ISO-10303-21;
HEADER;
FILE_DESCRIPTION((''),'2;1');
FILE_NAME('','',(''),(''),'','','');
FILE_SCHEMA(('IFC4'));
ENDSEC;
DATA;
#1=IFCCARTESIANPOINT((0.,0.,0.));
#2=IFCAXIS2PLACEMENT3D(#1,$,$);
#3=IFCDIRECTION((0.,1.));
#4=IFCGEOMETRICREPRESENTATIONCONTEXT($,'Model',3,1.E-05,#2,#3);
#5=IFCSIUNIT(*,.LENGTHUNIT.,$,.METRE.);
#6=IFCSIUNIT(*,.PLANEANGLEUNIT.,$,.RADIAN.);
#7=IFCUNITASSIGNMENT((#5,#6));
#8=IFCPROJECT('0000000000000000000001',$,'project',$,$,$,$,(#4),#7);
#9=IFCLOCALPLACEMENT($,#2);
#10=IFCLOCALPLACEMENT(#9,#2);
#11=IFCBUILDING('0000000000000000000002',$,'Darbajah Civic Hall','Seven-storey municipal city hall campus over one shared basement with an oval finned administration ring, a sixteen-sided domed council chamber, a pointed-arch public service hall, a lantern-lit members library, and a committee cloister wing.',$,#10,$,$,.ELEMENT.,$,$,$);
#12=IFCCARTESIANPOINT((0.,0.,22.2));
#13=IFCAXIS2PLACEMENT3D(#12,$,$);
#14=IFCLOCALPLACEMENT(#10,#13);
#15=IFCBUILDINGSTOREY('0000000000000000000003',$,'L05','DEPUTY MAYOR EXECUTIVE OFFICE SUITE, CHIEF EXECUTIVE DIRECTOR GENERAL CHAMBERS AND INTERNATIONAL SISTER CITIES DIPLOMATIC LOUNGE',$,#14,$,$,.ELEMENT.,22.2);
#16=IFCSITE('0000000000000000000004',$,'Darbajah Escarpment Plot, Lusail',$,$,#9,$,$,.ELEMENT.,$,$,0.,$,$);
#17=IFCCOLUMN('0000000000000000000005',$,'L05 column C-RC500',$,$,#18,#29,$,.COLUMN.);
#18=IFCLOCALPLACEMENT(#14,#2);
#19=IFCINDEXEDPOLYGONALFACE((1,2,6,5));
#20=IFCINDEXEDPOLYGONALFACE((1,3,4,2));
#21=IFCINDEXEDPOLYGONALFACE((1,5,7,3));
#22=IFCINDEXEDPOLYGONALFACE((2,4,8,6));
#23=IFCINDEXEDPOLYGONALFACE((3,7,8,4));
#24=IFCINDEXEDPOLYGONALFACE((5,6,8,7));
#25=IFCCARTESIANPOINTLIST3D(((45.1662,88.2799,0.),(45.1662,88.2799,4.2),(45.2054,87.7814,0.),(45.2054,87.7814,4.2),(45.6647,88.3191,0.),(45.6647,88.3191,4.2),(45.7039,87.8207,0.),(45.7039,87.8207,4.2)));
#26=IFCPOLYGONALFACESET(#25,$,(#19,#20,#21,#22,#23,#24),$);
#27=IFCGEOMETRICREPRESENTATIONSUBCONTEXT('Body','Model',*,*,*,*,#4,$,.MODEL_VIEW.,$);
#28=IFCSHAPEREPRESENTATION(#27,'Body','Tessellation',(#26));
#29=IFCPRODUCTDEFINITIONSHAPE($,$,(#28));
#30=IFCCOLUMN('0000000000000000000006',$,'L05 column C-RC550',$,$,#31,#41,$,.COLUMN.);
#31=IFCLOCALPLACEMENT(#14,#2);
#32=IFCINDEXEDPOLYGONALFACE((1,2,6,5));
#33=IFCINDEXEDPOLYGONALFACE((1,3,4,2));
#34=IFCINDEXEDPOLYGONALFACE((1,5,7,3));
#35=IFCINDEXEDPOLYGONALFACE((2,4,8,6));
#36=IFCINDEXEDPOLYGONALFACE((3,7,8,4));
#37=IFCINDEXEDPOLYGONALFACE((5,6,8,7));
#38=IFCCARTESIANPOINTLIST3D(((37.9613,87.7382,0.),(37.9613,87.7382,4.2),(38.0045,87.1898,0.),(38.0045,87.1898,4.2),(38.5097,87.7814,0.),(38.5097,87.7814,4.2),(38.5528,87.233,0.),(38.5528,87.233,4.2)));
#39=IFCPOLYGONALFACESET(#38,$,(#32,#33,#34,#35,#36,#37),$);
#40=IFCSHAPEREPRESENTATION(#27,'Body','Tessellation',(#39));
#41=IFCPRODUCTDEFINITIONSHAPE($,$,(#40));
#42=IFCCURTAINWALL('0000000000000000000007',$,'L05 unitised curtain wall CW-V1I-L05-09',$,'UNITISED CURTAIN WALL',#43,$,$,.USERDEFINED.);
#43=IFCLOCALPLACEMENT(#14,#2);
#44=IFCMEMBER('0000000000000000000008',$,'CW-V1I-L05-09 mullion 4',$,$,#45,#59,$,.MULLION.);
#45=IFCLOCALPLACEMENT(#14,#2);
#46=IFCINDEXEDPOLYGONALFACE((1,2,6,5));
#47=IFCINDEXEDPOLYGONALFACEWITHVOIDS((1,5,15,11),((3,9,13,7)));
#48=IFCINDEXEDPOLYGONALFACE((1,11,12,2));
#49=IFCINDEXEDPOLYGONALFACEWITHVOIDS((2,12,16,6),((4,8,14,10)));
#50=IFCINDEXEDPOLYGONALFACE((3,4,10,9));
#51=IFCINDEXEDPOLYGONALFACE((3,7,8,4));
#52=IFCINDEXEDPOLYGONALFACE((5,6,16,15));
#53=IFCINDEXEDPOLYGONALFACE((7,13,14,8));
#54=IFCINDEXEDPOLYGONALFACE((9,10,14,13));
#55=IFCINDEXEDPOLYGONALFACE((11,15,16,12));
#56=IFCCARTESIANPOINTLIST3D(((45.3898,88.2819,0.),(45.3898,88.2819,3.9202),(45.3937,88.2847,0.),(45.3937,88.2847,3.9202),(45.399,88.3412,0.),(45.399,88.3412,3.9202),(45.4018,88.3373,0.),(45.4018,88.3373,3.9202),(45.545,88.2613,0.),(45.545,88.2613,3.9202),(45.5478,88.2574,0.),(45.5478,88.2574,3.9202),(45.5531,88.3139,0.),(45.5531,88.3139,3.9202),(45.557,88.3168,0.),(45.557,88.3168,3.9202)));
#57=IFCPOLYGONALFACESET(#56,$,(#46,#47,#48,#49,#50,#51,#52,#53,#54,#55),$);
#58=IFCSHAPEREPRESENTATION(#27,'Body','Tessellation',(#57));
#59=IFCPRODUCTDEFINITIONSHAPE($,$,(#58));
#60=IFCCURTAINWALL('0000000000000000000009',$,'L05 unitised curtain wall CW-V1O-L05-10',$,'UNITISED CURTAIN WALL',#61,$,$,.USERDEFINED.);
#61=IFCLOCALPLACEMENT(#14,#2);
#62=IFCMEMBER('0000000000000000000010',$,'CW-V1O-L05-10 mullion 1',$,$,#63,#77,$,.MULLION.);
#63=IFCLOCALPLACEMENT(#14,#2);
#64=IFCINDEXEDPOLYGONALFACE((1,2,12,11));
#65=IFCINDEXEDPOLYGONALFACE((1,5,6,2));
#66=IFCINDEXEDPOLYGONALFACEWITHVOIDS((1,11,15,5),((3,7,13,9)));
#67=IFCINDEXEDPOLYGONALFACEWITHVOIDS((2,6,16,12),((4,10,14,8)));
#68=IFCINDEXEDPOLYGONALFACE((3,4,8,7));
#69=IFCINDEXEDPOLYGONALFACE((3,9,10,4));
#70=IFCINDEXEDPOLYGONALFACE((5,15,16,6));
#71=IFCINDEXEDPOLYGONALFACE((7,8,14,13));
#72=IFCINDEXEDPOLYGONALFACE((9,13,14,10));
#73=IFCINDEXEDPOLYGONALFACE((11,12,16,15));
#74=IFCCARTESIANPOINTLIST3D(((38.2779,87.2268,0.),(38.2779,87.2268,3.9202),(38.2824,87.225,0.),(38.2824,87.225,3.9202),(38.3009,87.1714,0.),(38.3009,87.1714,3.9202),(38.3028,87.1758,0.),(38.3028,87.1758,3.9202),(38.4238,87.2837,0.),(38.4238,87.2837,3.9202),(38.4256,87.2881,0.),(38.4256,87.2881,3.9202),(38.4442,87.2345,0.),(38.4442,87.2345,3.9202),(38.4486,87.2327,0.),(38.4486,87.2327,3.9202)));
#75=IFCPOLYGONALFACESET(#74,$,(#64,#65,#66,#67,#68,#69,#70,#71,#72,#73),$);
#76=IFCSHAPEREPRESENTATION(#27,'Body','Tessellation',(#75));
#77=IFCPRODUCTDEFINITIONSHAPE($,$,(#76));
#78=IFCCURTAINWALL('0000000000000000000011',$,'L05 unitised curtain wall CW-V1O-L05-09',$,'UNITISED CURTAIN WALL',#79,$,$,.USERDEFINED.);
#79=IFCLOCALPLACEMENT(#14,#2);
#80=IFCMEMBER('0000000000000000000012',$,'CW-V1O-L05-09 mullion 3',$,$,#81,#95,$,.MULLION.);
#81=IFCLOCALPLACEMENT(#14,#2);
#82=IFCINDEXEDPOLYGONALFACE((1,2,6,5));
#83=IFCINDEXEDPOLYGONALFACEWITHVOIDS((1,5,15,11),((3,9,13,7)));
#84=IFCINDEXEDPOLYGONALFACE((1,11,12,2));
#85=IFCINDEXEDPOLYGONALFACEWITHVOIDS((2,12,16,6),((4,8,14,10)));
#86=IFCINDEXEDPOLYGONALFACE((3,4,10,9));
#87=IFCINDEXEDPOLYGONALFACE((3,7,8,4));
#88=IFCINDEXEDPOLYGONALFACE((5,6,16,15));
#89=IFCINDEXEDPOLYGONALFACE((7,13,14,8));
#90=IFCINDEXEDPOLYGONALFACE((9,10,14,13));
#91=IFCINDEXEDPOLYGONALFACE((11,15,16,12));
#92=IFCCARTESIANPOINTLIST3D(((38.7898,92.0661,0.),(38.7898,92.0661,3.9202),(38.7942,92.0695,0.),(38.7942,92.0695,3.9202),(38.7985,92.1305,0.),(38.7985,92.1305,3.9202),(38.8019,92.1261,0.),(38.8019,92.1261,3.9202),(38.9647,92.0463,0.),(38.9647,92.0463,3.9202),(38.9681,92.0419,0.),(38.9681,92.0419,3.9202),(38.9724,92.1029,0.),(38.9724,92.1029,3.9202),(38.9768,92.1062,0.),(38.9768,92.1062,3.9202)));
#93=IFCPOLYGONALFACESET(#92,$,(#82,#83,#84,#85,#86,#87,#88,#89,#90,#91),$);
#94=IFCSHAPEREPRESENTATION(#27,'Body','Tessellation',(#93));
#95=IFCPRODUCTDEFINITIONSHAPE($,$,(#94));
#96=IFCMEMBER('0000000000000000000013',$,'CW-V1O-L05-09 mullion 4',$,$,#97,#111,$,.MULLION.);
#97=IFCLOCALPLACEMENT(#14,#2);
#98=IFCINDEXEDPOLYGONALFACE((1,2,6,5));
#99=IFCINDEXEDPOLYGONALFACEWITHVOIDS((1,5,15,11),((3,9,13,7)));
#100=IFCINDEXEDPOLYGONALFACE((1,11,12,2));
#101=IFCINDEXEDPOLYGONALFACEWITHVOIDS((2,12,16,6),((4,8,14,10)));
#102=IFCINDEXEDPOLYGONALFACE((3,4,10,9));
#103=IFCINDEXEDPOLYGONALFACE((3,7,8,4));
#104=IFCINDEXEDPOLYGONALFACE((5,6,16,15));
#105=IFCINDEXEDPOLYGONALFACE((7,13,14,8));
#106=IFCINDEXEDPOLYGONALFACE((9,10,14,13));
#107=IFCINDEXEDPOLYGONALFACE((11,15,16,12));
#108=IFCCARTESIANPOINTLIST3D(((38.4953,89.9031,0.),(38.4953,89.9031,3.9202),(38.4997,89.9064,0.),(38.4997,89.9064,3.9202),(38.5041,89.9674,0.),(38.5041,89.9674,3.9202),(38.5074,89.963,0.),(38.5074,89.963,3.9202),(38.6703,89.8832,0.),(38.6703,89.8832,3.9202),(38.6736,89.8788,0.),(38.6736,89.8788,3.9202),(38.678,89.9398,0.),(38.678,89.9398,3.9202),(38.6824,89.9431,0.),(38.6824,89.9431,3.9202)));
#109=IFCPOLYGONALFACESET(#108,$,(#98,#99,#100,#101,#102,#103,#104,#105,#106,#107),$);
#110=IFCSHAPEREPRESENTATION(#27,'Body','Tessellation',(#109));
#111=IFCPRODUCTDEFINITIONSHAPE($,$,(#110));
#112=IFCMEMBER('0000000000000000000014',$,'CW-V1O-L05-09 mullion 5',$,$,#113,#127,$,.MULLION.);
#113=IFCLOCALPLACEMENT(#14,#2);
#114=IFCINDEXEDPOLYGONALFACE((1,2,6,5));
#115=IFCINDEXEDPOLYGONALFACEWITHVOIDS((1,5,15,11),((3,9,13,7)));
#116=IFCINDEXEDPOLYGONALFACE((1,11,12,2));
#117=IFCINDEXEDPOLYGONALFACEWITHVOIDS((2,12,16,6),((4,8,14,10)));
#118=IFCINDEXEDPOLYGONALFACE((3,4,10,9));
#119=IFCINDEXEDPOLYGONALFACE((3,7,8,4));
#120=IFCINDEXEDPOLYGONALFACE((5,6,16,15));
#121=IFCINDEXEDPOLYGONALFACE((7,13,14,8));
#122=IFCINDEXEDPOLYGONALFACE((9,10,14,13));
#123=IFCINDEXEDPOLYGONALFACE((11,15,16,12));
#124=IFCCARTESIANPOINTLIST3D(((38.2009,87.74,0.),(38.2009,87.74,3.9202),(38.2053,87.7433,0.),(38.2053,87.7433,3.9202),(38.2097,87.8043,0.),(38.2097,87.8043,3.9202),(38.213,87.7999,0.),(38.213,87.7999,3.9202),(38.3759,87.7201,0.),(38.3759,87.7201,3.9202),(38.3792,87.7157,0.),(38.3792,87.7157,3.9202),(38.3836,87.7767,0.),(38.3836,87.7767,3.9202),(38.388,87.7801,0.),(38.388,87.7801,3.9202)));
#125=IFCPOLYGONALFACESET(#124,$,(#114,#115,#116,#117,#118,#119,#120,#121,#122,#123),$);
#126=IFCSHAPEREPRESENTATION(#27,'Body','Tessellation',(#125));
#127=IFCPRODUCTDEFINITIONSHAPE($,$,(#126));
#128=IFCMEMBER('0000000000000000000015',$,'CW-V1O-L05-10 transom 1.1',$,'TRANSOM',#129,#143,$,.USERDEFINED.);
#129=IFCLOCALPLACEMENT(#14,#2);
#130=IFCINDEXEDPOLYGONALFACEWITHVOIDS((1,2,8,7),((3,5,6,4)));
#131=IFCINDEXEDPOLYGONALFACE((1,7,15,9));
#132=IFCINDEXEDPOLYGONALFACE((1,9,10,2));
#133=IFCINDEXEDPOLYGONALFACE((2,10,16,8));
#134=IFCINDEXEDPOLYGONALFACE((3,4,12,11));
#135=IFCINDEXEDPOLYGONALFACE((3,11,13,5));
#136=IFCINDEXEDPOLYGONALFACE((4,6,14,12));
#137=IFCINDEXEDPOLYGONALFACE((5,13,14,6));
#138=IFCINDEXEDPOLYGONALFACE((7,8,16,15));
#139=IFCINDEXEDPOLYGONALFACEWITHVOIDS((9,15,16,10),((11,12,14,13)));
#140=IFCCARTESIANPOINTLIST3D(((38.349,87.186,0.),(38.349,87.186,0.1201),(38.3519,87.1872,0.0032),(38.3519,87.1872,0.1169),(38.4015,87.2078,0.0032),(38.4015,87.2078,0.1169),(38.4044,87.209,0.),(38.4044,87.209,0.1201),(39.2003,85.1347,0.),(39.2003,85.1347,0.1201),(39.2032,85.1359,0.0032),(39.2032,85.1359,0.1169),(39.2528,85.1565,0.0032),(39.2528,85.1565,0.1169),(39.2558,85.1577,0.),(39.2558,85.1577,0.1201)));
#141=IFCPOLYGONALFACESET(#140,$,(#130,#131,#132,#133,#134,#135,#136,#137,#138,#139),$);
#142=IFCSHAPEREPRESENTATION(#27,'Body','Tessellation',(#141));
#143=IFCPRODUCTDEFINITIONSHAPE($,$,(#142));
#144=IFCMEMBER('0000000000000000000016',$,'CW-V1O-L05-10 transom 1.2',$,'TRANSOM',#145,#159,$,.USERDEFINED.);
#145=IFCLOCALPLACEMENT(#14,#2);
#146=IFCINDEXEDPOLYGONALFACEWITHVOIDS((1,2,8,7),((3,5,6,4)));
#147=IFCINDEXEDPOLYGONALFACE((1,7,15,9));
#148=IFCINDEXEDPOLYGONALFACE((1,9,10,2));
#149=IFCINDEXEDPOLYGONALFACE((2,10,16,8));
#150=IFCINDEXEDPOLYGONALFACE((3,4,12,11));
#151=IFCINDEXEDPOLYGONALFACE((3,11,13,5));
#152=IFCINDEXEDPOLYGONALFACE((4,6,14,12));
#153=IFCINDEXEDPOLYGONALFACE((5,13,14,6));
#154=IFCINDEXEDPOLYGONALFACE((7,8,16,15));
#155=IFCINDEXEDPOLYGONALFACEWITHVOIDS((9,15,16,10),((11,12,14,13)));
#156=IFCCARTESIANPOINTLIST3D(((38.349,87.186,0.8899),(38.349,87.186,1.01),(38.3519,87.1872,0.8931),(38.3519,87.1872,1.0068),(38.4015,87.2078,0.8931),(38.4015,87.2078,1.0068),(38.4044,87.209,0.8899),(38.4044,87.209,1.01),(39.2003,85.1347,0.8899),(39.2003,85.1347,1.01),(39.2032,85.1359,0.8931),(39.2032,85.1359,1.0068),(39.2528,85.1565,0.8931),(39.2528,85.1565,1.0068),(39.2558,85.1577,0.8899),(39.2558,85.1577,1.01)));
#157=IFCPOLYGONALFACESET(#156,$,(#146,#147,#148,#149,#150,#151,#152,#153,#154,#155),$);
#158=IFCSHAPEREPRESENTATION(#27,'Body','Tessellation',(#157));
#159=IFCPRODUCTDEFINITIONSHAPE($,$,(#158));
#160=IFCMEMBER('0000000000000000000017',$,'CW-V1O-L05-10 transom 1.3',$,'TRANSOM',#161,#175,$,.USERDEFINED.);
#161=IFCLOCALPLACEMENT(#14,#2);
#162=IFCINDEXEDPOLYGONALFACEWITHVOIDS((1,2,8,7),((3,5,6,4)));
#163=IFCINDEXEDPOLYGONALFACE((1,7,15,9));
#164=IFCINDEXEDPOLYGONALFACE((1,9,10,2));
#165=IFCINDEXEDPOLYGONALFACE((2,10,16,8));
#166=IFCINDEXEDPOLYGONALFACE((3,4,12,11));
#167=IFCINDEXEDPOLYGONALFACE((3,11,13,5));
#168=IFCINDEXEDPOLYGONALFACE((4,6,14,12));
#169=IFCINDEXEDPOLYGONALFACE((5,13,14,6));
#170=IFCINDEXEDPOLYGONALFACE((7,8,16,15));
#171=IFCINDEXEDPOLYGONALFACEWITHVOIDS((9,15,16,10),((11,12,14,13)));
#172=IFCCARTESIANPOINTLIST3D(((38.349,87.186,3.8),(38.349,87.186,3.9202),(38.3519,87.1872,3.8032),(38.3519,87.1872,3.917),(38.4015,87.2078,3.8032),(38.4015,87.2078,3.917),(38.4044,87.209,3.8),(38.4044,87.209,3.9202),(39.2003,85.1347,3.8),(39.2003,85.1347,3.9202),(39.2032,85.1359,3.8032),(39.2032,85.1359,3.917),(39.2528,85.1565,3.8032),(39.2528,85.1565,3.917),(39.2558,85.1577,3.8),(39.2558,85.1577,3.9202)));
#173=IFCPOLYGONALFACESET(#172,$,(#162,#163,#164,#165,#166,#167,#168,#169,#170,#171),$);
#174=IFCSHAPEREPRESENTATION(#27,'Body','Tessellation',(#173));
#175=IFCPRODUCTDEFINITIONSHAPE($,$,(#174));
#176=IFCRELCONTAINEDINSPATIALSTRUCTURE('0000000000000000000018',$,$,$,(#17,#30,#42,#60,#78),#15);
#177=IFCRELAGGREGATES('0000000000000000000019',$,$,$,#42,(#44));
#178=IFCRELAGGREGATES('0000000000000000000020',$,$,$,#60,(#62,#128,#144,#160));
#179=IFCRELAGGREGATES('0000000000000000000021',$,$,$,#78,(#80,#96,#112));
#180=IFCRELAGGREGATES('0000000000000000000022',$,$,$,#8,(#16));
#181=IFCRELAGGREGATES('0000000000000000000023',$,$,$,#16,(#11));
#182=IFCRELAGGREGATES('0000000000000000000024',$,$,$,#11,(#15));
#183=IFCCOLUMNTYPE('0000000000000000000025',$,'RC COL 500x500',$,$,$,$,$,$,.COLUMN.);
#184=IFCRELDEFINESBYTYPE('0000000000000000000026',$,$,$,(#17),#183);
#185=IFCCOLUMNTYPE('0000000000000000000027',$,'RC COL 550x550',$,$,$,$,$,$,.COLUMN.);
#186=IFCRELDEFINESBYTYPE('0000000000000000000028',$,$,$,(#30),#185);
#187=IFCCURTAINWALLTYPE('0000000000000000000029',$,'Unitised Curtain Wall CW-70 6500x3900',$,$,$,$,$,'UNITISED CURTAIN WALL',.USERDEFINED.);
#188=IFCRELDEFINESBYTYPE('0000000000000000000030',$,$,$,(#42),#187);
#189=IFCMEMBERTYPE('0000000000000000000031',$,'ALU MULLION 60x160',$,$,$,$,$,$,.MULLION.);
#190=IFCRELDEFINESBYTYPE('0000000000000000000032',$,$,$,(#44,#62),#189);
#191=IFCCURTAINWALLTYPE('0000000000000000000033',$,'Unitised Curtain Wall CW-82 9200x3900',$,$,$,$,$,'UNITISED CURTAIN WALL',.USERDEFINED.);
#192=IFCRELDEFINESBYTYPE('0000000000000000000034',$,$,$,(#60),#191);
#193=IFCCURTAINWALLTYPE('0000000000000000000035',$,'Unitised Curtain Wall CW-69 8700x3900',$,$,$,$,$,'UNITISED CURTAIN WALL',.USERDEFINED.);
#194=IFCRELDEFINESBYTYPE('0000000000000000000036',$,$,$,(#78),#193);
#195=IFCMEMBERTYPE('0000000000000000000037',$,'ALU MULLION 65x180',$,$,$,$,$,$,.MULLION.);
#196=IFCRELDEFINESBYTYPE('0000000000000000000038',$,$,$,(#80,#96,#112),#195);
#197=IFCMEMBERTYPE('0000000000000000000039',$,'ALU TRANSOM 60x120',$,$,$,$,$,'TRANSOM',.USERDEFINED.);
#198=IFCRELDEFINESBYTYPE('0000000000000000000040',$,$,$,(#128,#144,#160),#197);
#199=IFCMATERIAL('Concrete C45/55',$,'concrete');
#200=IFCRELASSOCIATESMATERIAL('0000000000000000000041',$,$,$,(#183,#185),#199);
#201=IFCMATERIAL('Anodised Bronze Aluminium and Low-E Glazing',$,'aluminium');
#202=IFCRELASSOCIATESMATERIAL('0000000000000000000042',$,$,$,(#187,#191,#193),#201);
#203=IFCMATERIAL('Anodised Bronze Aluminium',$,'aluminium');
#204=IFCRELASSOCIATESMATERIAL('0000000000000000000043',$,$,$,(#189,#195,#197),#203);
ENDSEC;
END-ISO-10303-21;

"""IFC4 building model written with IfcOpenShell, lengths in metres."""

from ifc_helpers import new_model, si_unit, direction, frame, origin, origin_2d, place, context, subcontext, project, spatial, rectangle, hollow_rectangle, extrude, material, material_profile, profile_set, type_object, element, aggregate, save


model = new_model("IFC4")

# Units and contexts
model_context = context("Model", 3, precision=1e-05, world=origin(), true_north=direction((0.0, 1.0)))
body_context = subcontext(model_context, "Body", "Model", "MODEL_VIEW")
ifc_project = project(units=[si_unit("LENGTHUNIT", "METRE"), si_unit("PLANEANGLEUNIT", "RADIAN")], contexts=[model_context])

# Site, building, storey
site_placement = place(None, origin())
site = spatial("IfcSite", under=ifc_project, at=site_placement, Name="Darbajah Escarpment Plot, Lusail", CompositionType="ELEMENT", RefElevation=0.0)
building_placement = place(site_placement, origin())
building = spatial("IfcBuilding", under=site, at=building_placement, Name="Darbajah Civic Hall", Description="Seven-storey municipal city hall campus over one shared basement with an oval finned administration ring, a sixteen-sided domed council chamber, a pointed-arch public service hall, a lantern-lit members library, and a committee cloister wing.", CompositionType="ELEMENT")
storey_placement = place(building_placement, frame((0.0, 0.0, 22.2)))
storey = spatial("IfcBuildingStorey", under=building, at=storey_placement, Name="L05", Description="DEPUTY MAYOR EXECUTIVE OFFICE SUITE, CHIEF EXECUTIVE DIRECTOR GENERAL CHAMBERS AND INTERNATIONAL SISTER CITIES DIPLOMATIC LOUNGE", CompositionType="ELEMENT", Elevation=22.2)

# Columns
ifc_material_1 = material(Name="Concrete C45/55", Category="concrete")
ifc_material_profile_1 = material_profile(ifc_material_1, rectangle(XDim=0.5, YDim=0.5, at=origin_2d()), Name="RC COL 500x500")
ifc_profile_set_1 = profile_set([ifc_material_profile_1], Name="Concrete C45/55")
column_type_1 = type_object("IfcColumnType", Name="RC COL 500x500", PredefinedType="COLUMN", material=ifc_profile_set_1)
column_1_placement = place(storey_placement, frame((45.4351, 88.0503, 0.0), z_axis=(0.0, 0.0, 1.0), x_axis=(-0.996917, -0.078459, 0.0)))
element("IfcColumn", 1, at=column_1_placement, inside=storey, type_object=column_type_1, Name="L05 column C-RC500", PredefinedType="COLUMN", context=body_context, shape_type="SweptSolid", body=[
    extrude(rectangle(XDim=0.5, YDim=0.5, at=origin_2d()), origin(), (0.0, 0.0, 1.0), 4.2),
])
ifc_material_profile_2 = material_profile(ifc_material_1, rectangle(XDim=0.55, YDim=0.55, at=origin_2d()), Name="RC COL 550x550")
ifc_profile_set_2 = profile_set([ifc_material_profile_2], Name="Concrete C45/55")
column_type_2 = type_object("IfcColumnType", Name="RC COL 550x550", PredefinedType="COLUMN", material=ifc_profile_set_2)
column_2_placement = place(storey_placement, frame((38.2571, 87.4856, 0.0), z_axis=(0.0, 0.0, 1.0), x_axis=(-0.996917, -0.078459, 0.0)))
element("IfcColumn", 2, at=column_2_placement, inside=storey, type_object=column_type_2, Name="L05 column C-RC550", PredefinedType="COLUMN", context=body_context, shape_type="SweptSolid", body=[
    extrude(rectangle(XDim=0.55, YDim=0.55, at=origin_2d()), origin(), (0.0, 0.0, 1.0), 4.2),
])

# Curtain walls, members
ifc_material_2 = material(Name="Anodised Bronze Aluminium and Low-E Glazing", Category="aluminium")
curtain_wall_type_1 = type_object("IfcCurtainWallType", Name="Unitised Curtain Wall CW-70 6500x3900", ElementType="UNITISED CURTAIN WALL", PredefinedType="USERDEFINED", material=ifc_material_2)
curtain_wall_1_placement = place(storey_placement, origin())
curtain_wall_1 = element("IfcCurtainWall", 3, at=curtain_wall_1_placement, inside=storey, type_object=curtain_wall_type_1, Name="L05 unitised curtain wall CW-V1I-L05-09", ObjectType="UNITISED CURTAIN WALL", PredefinedType="USERDEFINED")
ifc_material_3 = material(Name="Anodised Bronze Aluminium", Category="aluminium")
ifc_material_profile_3 = material_profile(ifc_material_3, hollow_rectangle(XDim=0.0601, YDim=0.1599, WallThickness=0.0034, at=origin_2d()), Name="ALU MULLION 60x160")
ifc_profile_set_3 = profile_set([ifc_material_profile_3], Name="Anodised Bronze Aluminium")
member_type_1 = type_object("IfcMemberType", Name="ALU MULLION 60x160", PredefinedType="MULLION", material=ifc_profile_set_3)
member_1_placement = place(storey_placement, frame((45.4734, 88.2993, 0.0), z_axis=(0.0, 0.0, 1.0), x_axis=(-0.152813, -0.988255, 0.0)))
member_1 = element("IfcMember", 4, at=member_1_placement, type_object=member_type_1, Name="CW-V1I-L05-09 mullion 4", PredefinedType="MULLION", context=body_context, shape_type="SweptSolid", body=[
    extrude(hollow_rectangle(XDim=0.0601, YDim=0.1599, WallThickness=0.0034, at=origin_2d()), origin(), (0.0, 0.0, 1.0), 3.9202),
])
aggregate(curtain_wall_1, [member_1])
curtain_wall_type_2 = type_object("IfcCurtainWallType", Name="Unitised Curtain Wall CW-82 9200x3900", ElementType="UNITISED CURTAIN WALL", PredefinedType="USERDEFINED", material=ifc_material_2)
curtain_wall_2_placement = place(storey_placement, origin())
curtain_wall_2 = element("IfcCurtainWall", 5, at=curtain_wall_2_placement, inside=storey, type_object=curtain_wall_type_2, Name="L05 unitised curtain wall CW-V1O-L05-10", ObjectType="UNITISED CURTAIN WALL", PredefinedType="USERDEFINED")
member_2_placement = place(storey_placement, frame((38.3633, 87.2297, 0.0), z_axis=(0.0, 0.0, 1.0), x_axis=(0.383328, -0.923612, 0.0)))
member_2 = element("IfcMember", 6, at=member_2_placement, type_object=member_type_1, Name="CW-V1O-L05-10 mullion 1", PredefinedType="MULLION", context=body_context, shape_type="SweptSolid", body=[
    extrude(hollow_rectangle(XDim=0.0601, YDim=0.1599, WallThickness=0.0034, at=origin_2d()), origin(), (0.0, 0.0, 1.0), 3.9202),
])

# Curtain wall, members
curtain_wall_type_3 = type_object("IfcCurtainWallType", Name="Unitised Curtain Wall CW-69 8700x3900", ElementType="UNITISED CURTAIN WALL", PredefinedType="USERDEFINED", material=ifc_material_2)
curtain_wall_3_placement = place(storey_placement, origin())
curtain_wall_3 = element("IfcCurtainWall", 7, at=curtain_wall_3_placement, inside=storey, type_object=curtain_wall_type_3, Name="L05 unitised curtain wall CW-V1O-L05-09", ObjectType="UNITISED CURTAIN WALL", PredefinedType="USERDEFINED")
ifc_material_profile_4 = material_profile(ifc_material_3, hollow_rectangle(XDim=0.0649, YDim=0.1799, WallThickness=0.0039, at=origin_2d()), Name="ALU MULLION 65x180")
ifc_profile_set_4 = profile_set([ifc_material_profile_4], Name="Anodised Bronze Aluminium")
member_type_2 = type_object("IfcMemberType", Name="ALU MULLION 65x180", PredefinedType="MULLION", material=ifc_profile_set_4)
member_3_placement = place(storey_placement, frame((38.8833, 92.0862, 0.0), z_axis=(0.0, 0.0, 1.0), x_axis=(-0.134851, -0.990866, 0.0)))
member_3 = element("IfcMember", 8, at=member_3_placement, type_object=member_type_2, Name="CW-V1O-L05-09 mullion 3", PredefinedType="MULLION", context=body_context, shape_type="SweptSolid", body=[
    extrude(hollow_rectangle(XDim=0.0649, YDim=0.1799, WallThickness=0.0039, at=origin_2d()), origin(), (0.0, 0.0, 1.0), 3.9202),
])
member_4_placement = place(storey_placement, frame((38.5889, 89.9231, 0.0), z_axis=(0.0, 0.0, 1.0), x_axis=(-0.134851, -0.990866, 0.0)))
member_4 = element("IfcMember", 9, at=member_4_placement, type_object=member_type_2, Name="CW-V1O-L05-09 mullion 4", PredefinedType="MULLION", context=body_context, shape_type="SweptSolid", body=[
    extrude(hollow_rectangle(XDim=0.0649, YDim=0.1799, WallThickness=0.0039, at=origin_2d()), origin(), (0.0, 0.0, 1.0), 3.9202),
])
member_5_placement = place(storey_placement, frame((38.2944, 87.76, 0.0), z_axis=(0.0, 0.0, 1.0), x_axis=(-0.134851, -0.990866, 0.0)))
member_5 = element("IfcMember", 10, at=member_5_placement, type_object=member_type_2, Name="CW-V1O-L05-09 mullion 5", PredefinedType="MULLION", context=body_context, shape_type="SweptSolid", body=[
    extrude(hollow_rectangle(XDim=0.0649, YDim=0.1799, WallThickness=0.0039, at=origin_2d()), origin(), (0.0, 0.0, 1.0), 3.9202),
])

# Members
ifc_material_profile_5 = material_profile(ifc_material_3, hollow_rectangle(XDim=0.0601, YDim=0.1201, WallThickness=0.0032, at=origin_2d()), Name="ALU TRANSOM 60x120")
ifc_profile_set_5 = profile_set([ifc_material_profile_5], Name="Anodised Bronze Aluminium")
member_type_3 = type_object("IfcMemberType", Name="ALU TRANSOM 60x120", ElementType="TRANSOM", PredefinedType="USERDEFINED", material=ifc_profile_set_5)
member_6_placement = place(storey_placement, frame((38.3767, 87.1975, 0.0601), z_axis=(0.383319, -0.923616, 0.0), x_axis=(0.923616, 0.383319, 0.0)))
member_6 = element("IfcMember", 11, at=member_6_placement, type_object=member_type_3, Name="CW-V1O-L05-10 transom 1.1", ObjectType="TRANSOM", PredefinedType="USERDEFINED", context=body_context, shape_type="SweptSolid", body=[
    extrude(hollow_rectangle(XDim=0.0601, YDim=0.1201, WallThickness=0.0032, at=origin_2d()), origin(), (0.0, 0.0, 1.0), 2.2209),
])
member_7_placement = place(storey_placement, frame((38.3767, 87.1975, 0.95), z_axis=(0.383319, -0.923616, 0.0), x_axis=(0.923616, 0.383319, 0.0)))
member_7 = element("IfcMember", 12, at=member_7_placement, type_object=member_type_3, Name="CW-V1O-L05-10 transom 1.2", ObjectType="TRANSOM", PredefinedType="USERDEFINED", context=body_context, shape_type="SweptSolid", body=[
    extrude(hollow_rectangle(XDim=0.0601, YDim=0.1201, WallThickness=0.0032, at=origin_2d()), origin(), (0.0, 0.0, 1.0), 2.2209),
])
member_8_placement = place(storey_placement, frame((38.3767, 87.1975, 3.8601), z_axis=(0.383319, -0.923616, 0.0), x_axis=(0.923616, 0.383319, 0.0)))
member_8 = element("IfcMember", 13, at=member_8_placement, type_object=member_type_3, Name="CW-V1O-L05-10 transom 1.3", ObjectType="TRANSOM", PredefinedType="USERDEFINED", context=body_context, shape_type="SweptSolid", body=[
    extrude(hollow_rectangle(XDim=0.0601, YDim=0.1201, WallThickness=0.0032, at=origin_2d()), origin(), (0.0, 0.0, 1.0), 2.2209),
])

aggregate(curtain_wall_2, [member_2, member_6, member_7, member_8])
aggregate(curtain_wall_3, [member_3, member_4, member_5])

save(model, "model.ifc")
